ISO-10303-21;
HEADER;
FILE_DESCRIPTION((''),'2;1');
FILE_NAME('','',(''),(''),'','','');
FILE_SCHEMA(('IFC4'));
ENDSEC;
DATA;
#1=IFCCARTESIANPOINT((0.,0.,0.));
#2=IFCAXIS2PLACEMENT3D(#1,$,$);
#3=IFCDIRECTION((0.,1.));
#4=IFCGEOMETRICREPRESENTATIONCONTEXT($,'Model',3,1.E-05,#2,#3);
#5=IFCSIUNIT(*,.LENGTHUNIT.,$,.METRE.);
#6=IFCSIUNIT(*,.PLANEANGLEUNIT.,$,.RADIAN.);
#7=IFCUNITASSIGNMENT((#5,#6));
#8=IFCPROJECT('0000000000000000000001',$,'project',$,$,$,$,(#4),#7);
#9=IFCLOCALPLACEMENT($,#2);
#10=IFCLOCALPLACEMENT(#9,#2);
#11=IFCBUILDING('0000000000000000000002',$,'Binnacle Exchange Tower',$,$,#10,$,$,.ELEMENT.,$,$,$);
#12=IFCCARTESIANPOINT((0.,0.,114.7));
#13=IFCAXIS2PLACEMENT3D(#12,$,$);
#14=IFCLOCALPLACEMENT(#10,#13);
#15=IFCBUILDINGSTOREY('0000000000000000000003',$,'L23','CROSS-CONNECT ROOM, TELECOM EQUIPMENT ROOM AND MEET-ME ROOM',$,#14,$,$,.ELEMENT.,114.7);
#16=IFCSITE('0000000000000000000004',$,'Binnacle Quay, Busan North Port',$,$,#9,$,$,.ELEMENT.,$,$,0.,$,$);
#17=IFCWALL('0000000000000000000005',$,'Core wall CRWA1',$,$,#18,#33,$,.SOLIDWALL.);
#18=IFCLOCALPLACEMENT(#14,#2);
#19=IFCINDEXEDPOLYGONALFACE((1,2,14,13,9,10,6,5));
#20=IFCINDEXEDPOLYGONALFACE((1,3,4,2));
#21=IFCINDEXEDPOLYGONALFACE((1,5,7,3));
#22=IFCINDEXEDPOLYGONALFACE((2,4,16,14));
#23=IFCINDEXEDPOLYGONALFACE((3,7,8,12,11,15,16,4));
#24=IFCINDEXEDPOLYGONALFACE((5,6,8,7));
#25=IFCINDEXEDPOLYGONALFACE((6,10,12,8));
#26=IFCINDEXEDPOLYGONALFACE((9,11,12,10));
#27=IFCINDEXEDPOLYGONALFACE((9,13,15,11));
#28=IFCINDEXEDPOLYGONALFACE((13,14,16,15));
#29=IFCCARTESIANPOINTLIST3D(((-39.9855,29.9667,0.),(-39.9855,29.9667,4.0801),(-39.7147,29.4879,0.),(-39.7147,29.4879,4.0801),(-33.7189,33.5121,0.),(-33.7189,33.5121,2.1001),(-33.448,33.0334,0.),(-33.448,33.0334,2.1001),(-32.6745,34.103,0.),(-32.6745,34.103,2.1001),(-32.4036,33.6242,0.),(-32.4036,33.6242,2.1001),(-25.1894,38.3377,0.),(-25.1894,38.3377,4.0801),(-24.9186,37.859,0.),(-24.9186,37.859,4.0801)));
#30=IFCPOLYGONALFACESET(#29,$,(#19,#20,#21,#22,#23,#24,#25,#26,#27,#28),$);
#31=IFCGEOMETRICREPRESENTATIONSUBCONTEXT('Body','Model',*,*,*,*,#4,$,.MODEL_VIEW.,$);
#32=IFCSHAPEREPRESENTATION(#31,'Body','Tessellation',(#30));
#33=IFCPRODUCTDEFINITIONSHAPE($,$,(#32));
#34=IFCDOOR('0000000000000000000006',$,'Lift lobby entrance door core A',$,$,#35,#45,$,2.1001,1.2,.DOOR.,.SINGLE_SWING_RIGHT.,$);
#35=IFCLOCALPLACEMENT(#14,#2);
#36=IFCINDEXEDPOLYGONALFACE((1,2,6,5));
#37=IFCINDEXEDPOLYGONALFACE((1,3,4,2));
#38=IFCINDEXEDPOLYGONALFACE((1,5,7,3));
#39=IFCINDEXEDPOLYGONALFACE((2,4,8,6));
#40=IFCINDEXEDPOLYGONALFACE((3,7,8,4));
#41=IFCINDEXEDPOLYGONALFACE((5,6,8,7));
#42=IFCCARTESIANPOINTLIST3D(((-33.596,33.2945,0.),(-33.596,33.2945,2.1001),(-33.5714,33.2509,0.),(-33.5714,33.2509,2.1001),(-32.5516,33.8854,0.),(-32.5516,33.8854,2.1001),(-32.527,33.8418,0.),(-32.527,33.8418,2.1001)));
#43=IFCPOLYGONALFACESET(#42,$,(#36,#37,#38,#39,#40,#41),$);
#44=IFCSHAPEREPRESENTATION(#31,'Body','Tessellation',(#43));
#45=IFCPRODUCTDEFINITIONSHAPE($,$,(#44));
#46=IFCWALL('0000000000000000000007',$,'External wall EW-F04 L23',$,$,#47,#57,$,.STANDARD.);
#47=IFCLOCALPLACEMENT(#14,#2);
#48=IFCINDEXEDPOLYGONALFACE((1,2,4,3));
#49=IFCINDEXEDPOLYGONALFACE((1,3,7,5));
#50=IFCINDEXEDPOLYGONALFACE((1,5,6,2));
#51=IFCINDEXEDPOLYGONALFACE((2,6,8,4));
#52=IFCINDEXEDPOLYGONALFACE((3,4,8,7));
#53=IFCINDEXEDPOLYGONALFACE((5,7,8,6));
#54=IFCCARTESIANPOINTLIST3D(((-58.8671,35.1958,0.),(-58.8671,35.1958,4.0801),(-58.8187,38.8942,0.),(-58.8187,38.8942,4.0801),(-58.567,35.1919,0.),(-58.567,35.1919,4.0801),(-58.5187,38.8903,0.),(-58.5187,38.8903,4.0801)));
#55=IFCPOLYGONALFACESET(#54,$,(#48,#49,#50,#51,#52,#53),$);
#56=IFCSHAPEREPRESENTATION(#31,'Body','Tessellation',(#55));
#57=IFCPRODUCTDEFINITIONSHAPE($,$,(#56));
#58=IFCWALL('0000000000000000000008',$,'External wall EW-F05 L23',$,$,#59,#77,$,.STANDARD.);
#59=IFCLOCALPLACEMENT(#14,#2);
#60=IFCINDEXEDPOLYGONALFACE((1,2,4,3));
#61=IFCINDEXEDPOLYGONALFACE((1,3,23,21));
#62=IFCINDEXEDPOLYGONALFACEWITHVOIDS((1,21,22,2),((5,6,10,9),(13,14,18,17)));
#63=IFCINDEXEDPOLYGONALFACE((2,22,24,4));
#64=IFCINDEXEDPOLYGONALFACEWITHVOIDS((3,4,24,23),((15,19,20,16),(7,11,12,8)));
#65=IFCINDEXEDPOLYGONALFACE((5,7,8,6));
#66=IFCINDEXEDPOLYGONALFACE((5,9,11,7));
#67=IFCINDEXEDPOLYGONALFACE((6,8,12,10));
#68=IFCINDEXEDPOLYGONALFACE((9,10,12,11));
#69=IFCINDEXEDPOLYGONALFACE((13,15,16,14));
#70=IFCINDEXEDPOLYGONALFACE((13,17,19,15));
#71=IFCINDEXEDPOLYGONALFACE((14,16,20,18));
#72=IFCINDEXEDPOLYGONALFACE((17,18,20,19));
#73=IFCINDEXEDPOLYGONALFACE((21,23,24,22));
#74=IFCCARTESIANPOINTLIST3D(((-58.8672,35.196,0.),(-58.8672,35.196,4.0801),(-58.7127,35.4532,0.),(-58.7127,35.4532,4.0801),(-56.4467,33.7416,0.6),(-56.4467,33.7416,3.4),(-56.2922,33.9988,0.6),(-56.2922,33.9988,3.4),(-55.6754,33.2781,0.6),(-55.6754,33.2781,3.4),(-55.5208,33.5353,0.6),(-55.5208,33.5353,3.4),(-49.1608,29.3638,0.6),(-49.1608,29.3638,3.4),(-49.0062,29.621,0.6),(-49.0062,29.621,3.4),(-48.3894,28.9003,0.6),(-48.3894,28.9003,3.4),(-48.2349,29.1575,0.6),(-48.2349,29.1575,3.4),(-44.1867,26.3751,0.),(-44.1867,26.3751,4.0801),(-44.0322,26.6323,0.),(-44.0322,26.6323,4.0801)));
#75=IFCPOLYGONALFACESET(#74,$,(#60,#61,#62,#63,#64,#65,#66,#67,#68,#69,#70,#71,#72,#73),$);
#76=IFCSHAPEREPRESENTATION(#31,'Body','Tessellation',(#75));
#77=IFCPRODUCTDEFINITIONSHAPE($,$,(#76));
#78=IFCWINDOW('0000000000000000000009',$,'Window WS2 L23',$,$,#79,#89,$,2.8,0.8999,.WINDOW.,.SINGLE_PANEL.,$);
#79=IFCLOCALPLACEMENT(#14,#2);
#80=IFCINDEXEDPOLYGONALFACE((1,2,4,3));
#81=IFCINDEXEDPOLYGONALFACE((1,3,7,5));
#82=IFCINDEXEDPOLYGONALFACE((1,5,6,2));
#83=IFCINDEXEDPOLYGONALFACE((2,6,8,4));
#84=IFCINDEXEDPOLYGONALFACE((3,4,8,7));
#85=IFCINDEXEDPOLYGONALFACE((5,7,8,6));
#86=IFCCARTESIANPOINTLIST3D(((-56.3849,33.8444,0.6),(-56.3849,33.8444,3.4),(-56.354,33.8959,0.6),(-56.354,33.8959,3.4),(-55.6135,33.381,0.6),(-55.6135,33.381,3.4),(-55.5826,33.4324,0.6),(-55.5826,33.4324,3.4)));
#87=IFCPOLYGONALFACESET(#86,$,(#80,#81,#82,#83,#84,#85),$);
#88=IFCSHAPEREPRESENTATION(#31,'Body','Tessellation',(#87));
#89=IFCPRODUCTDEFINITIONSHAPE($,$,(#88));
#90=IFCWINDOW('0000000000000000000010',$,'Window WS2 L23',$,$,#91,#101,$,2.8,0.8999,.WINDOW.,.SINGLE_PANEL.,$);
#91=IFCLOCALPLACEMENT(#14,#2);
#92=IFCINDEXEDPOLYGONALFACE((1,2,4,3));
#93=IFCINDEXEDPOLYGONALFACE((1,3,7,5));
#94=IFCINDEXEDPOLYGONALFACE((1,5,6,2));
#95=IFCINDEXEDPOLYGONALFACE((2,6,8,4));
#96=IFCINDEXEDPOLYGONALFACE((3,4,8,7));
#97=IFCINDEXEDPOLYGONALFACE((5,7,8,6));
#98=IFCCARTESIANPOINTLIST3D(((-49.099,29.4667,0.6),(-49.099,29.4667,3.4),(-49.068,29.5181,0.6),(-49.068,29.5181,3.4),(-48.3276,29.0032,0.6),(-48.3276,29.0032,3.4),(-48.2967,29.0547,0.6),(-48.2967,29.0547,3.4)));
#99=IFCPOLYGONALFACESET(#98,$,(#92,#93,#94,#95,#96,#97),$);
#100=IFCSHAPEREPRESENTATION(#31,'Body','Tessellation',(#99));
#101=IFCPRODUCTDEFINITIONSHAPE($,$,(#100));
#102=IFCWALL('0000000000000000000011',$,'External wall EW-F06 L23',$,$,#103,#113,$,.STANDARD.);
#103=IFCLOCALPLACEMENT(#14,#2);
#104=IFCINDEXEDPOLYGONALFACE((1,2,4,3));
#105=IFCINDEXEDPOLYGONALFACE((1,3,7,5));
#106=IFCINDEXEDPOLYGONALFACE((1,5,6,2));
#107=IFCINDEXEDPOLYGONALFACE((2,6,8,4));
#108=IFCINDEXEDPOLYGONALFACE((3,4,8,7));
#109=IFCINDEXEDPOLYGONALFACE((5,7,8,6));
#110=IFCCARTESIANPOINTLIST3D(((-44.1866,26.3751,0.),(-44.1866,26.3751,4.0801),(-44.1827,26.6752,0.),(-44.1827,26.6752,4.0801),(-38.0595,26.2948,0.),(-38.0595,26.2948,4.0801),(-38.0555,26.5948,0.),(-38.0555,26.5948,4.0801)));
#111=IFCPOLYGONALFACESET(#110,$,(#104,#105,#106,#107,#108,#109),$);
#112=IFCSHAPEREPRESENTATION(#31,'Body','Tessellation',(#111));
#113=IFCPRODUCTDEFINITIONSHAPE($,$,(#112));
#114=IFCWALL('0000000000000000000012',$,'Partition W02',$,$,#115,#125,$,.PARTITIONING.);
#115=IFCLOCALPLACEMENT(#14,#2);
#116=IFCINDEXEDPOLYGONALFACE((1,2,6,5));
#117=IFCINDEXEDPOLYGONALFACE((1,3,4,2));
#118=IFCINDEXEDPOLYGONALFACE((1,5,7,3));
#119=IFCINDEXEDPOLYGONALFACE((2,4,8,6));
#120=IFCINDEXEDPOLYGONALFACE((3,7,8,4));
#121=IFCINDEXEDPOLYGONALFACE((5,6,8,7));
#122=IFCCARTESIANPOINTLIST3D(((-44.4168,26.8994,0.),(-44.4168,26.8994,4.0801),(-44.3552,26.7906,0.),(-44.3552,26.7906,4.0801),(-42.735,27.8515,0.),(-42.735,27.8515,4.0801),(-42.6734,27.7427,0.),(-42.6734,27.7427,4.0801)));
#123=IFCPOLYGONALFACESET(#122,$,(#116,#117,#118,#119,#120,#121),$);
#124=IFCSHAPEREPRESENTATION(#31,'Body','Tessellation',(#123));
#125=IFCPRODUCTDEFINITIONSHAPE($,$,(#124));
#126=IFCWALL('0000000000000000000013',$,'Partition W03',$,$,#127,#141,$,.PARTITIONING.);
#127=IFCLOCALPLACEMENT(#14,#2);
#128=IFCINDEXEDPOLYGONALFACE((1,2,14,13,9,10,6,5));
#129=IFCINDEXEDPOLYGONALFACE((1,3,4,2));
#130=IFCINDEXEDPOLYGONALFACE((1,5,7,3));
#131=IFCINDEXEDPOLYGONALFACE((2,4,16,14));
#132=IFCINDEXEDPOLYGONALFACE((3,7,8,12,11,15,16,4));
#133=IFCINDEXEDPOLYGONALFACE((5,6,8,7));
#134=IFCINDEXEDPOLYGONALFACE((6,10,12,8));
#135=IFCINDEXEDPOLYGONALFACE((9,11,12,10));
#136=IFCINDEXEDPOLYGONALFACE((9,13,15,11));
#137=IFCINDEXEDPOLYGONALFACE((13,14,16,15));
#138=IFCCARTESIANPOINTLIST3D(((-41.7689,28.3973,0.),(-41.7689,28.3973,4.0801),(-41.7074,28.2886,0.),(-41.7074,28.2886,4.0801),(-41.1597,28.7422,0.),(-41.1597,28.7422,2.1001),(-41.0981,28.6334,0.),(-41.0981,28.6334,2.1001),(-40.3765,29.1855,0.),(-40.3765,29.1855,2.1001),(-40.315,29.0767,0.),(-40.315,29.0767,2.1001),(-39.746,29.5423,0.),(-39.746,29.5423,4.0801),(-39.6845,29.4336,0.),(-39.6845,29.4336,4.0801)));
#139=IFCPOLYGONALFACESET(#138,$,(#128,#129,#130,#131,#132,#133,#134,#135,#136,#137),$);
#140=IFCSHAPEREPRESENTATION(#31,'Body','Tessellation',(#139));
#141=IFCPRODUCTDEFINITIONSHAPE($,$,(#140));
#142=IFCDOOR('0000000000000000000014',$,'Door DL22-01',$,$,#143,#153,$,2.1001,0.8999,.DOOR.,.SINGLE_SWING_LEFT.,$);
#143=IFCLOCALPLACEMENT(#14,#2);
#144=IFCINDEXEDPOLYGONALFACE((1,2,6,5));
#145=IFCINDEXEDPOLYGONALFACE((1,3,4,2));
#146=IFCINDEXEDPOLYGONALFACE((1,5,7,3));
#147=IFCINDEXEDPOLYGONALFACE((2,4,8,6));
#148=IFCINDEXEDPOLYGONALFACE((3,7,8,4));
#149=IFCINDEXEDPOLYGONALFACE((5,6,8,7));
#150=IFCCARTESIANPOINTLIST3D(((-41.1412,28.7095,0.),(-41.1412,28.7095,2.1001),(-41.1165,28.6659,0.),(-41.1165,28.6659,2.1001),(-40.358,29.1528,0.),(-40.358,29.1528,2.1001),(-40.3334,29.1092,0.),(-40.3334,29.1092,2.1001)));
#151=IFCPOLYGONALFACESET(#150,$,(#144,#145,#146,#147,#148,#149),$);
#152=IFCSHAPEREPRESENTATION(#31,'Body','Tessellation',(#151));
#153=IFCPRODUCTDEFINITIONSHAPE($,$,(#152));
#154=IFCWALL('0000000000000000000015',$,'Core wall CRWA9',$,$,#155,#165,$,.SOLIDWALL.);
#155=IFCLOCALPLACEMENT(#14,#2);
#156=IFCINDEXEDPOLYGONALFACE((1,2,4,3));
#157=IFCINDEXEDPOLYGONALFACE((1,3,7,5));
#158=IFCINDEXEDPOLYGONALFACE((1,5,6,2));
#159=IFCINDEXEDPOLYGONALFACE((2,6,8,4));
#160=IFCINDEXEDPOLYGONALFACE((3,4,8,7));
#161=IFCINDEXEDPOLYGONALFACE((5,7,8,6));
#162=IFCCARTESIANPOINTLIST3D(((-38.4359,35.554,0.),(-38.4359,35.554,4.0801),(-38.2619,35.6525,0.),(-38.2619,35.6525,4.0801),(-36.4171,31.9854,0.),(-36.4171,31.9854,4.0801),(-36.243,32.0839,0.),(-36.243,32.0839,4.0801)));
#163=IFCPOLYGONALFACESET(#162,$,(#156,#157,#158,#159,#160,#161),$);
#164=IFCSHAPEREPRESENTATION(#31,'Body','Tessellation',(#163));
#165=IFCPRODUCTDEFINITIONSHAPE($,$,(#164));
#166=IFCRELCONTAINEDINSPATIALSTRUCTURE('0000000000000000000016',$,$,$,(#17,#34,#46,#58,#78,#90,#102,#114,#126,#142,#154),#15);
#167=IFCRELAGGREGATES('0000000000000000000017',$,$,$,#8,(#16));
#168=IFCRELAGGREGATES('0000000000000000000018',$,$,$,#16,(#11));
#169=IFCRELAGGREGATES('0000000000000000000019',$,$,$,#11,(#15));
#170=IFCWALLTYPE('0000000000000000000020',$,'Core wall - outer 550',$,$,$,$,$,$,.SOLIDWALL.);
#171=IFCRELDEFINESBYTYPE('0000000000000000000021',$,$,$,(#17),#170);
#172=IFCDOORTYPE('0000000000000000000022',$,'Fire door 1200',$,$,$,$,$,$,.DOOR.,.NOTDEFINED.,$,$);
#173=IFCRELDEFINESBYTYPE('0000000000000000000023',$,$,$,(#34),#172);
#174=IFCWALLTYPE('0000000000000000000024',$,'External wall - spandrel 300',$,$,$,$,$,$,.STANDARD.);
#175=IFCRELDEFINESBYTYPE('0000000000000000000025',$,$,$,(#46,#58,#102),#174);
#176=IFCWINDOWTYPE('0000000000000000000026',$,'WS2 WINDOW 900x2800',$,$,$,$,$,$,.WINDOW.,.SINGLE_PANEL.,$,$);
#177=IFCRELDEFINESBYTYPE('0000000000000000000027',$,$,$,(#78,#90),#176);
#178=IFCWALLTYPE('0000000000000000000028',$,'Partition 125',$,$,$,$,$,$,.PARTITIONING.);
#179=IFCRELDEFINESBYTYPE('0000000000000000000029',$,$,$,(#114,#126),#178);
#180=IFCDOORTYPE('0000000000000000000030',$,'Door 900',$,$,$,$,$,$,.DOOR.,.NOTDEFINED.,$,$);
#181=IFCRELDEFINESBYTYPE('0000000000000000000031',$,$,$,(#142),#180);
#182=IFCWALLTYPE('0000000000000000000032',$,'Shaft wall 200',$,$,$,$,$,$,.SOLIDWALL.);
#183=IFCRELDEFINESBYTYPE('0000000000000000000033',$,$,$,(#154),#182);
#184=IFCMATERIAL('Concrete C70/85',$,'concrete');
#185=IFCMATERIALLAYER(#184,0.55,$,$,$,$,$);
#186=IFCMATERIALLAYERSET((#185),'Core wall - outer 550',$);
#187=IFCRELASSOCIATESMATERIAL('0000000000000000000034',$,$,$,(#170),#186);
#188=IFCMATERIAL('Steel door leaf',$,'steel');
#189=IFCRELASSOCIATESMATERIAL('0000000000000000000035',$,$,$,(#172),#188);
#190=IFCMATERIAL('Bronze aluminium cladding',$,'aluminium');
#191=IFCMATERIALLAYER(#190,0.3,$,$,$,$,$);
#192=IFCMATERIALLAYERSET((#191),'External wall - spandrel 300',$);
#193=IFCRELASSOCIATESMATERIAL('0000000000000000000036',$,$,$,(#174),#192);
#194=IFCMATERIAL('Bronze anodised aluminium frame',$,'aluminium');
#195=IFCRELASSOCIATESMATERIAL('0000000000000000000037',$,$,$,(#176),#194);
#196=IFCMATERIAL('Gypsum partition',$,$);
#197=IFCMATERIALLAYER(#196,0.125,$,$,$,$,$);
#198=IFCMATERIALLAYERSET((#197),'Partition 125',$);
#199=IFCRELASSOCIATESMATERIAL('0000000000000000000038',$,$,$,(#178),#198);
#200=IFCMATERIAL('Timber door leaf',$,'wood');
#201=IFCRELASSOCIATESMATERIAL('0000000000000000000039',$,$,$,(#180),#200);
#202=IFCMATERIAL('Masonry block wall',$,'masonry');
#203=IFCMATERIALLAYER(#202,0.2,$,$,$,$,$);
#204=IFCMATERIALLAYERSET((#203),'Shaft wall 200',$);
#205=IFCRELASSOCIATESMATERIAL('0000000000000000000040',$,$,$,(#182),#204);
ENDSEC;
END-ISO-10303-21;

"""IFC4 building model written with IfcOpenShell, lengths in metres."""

from ifc_helpers import new_model, si_unit, direction, frame, frame_2d, origin, place, context, subcontext, project, spatial, rectangle, extrude, material, layer, layer_set, type_object, element, fill, save


model = new_model("IFC4")

# Units and contexts
model_context = context("Model", 3, precision=1e-05, world=origin(), true_north=direction((0.0, 1.0)))
body_context = subcontext(model_context, "Body", "Model", "MODEL_VIEW")
ifc_project = project(units=[si_unit("LENGTHUNIT", "METRE"), si_unit("PLANEANGLEUNIT", "RADIAN")], contexts=[model_context])

# Site, building, storey
site_placement = place(None, origin())
site = spatial("IfcSite", under=ifc_project, at=site_placement, Name="Binnacle Quay, Busan North Port", CompositionType="ELEMENT", RefElevation=0.0)
building_placement = place(site_placement, origin())
building = spatial("IfcBuilding", under=site, at=building_placement, Name="Binnacle Exchange Tower", CompositionType="ELEMENT")
storey_placement = place(building_placement, frame((0.0, 0.0, 114.7)))
storey = spatial("IfcBuildingStorey", under=building, at=storey_placement, Name="L23", Description="CROSS-CONNECT ROOM, TELECOM EQUIPMENT ROOM AND MEET-ME ROOM", CompositionType="ELEMENT", Elevation=114.7)

# Shared definitions
ifc_material_1 = material(Name="Concrete C70/85", Category="concrete")

# Shared definitions
ifc_material_2 = material(Name="Steel door leaf", Category="steel")

# Wall, opening, door
ifc_layer_1 = layer(ifc_material_1, 0.55)
ifc_layer_set_1 = layer_set([ifc_layer_1], Name="Core wall - outer 550")
wall_type_1 = type_object("IfcWallType", Name="Core wall - outer 550", PredefinedType="SOLIDWALL", material=ifc_layer_set_1)
wall_1_placement = place(storey_placement, frame((-39.8501, 29.7273, 0.0), z_axis=(0.0, 0.0, 1.0), x_axis=(0.87036, 0.492416, 0.0)))
wall_1 = element("IfcWall", 1, at=wall_1_placement, inside=storey, type_object=wall_type_1, Name="Core wall CRWA1", PredefinedType="SOLIDWALL", context=body_context, shape_type="SweptSolid", body=[
    extrude(rectangle(XDim=17.0, YDim=0.55, at=frame_2d((8.5, 0.0))), origin(), (0.0, 0.0, 1.0), 4.0801),
])
opening_1_placement = place(wall_1_placement, frame((7.2, 0.0, 0.0)))
opening_1 = element("IfcOpeningElement", 2, at=opening_1_placement, cuts=wall_1, PredefinedType="OPENING", context=body_context, shape_type="SweptSolid", body=[
    extrude(rectangle(XDim=1.2, YDim=2.1001, at=frame_2d((0.6001, 1.05))), frame((0.0, 0.2849, 0.0), z_axis=(0.0, -1.0, 0.0), x_axis=(1.0, 0.0, 0.0)), (0.0, 0.0, 1.0), 0.5701),
])
door_type_1 = type_object("IfcDoorType", Name="Fire door 1200", OperationType="NOTDEFINED", PredefinedType="DOOR", material=ifc_material_2)
door_1_placement = place(opening_1_placement, frame((1.2, 0.0, 0.0), z_axis=(0.0, 0.0, 1.0), x_axis=(-1.0, 0.0, 0.0)))
door_1 = element("IfcDoor", 3, at=door_1_placement, inside=storey, type_object=door_type_1, Name="Lift lobby entrance door core A", OperationType="SINGLE_SWING_RIGHT", OverallHeight=2.1001, OverallWidth=1.2, PredefinedType="DOOR", context=body_context, shape_type="SweptSolid", body=[
    extrude(rectangle(XDim=1.2, YDim=2.1001, at=frame_2d((0.6001, 1.05))), frame((0.0, 0.0249, 0.0), z_axis=(0.0, -1.0, 0.0), x_axis=(1.0, 0.0, 0.0)), (0.0, 0.0, 1.0), 0.05),
])
fill(opening_1, door_1)

# Wall
ifc_material_3 = material(Name="Bronze aluminium cladding", Category="aluminium")
ifc_layer_2 = layer(ifc_material_3, 0.3)
ifc_layer_set_2 = layer_set([ifc_layer_2], Name="External wall - spandrel 300")
wall_type_2 = type_object("IfcWallType", Name="External wall - spandrel 300", PredefinedType="STANDARD", material=ifc_layer_set_2)
wall_2_placement = place(storey_placement, frame((-58.717, 35.1938, 0.0), z_axis=(0.0, 0.0, 1.0), x_axis=(0.013069, 0.999915, 0.0)))
element("IfcWall", 4, at=wall_2_placement, inside=storey, type_object=wall_type_2, Name="External wall EW-F04 L23", PredefinedType="STANDARD", context=body_context, shape_type="SweptSolid", body=[
    extrude(rectangle(XDim=3.6987, YDim=0.3, at=frame_2d((1.8494, 0.0))), origin(), (0.0, 0.0, 1.0), 4.0801),
])

# Wall, openings, windows
wall_3_placement = place(storey_placement, frame((-44.1094, 26.5037, 0.0), z_axis=(0.0, 0.0, 1.0), x_axis=(-0.85717, 0.515034, 0.0)))
wall_3 = element("IfcWall", 5, at=wall_3_placement, inside=storey, type_object=wall_type_2, Name="External wall EW-F05 L23", PredefinedType="STANDARD", context=body_context, shape_type="SweptSolid", body=[
    extrude(rectangle(XDim=17.1267, YDim=0.3, at=frame_2d((8.5635, 0.0))), origin(), (0.0, 0.0, 1.0), 4.0801),
])
opening_2_placement = place(wall_3_placement, frame((13.4031, 0.0, 0.6001)))
opening_2 = element("IfcOpeningElement", 6, at=opening_2_placement, cuts=wall_3, PredefinedType="OPENING", context=body_context, shape_type="SweptSolid", body=[
    extrude(rectangle(XDim=0.8999, YDim=2.8, at=frame_2d((0.45, 1.3999))), frame((0.0, 0.1599, 0.0), z_axis=(0.0, -1.0, 0.0), x_axis=(1.0, 0.0, 0.0)), (0.0, 0.0, 1.0), 0.3201),
])
opening_3_placement = place(wall_3_placement, frame((4.9031, 0.0, 0.6001)))
opening_3 = element("IfcOpeningElement", 7, at=opening_3_placement, cuts=wall_3, PredefinedType="OPENING", context=body_context, shape_type="SweptSolid", body=[
    extrude(rectangle(XDim=0.8999, YDim=2.8, at=frame_2d((0.45, 1.3999))), frame((0.0, 0.1599, 0.0), z_axis=(0.0, -1.0, 0.0), x_axis=(1.0, 0.0, 0.0)), (0.0, 0.0, 1.0), 0.3201),
])
ifc_material_4 = material(Name="Bronze anodised aluminium frame", Category="aluminium")
window_type = type_object("IfcWindowType", Name="WS2 WINDOW 900x2800", PartitioningType="SINGLE_PANEL", PredefinedType="WINDOW", material=ifc_material_4)
window_1_placement = place(opening_2_placement, origin())
window_1 = element("IfcWindow", 8, at=window_1_placement, inside=storey, type_object=window_type, Name="Window WS2 L23", OverallHeight=2.8, OverallWidth=0.8999, PartitioningType="SINGLE_PANEL", PredefinedType="WINDOW", context=body_context, shape_type="SweptSolid", body=[
    extrude(rectangle(XDim=0.8999, YDim=2.8, at=frame_2d((0.45, 1.3999))), frame((0.0, 0.03, 0.0), z_axis=(0.0, -1.0, 0.0), x_axis=(1.0, 0.0, 0.0)), (0.0, 0.0, 1.0), 0.0601),
])
fill(opening_2, window_1)
window_2_placement = place(opening_3_placement, origin())
window_2 = element("IfcWindow", 9, at=window_2_placement, inside=storey, type_object=window_type, Name="Window WS2 L23", OverallHeight=2.8, OverallWidth=0.8999, PartitioningType="SINGLE_PANEL", PredefinedType="WINDOW", context=body_context, shape_type="SweptSolid", body=[
    extrude(rectangle(XDim=0.8999, YDim=2.8, at=frame_2d((0.45, 1.3999))), frame((0.0, 0.03, 0.0), z_axis=(0.0, -1.0, 0.0), x_axis=(1.0, 0.0, 0.0)), (0.0, 0.0, 1.0), 0.0601),
])
fill(opening_3, window_2)

# Walls
wall_4_placement = place(storey_placement, frame((-38.0574, 26.4448, 0.0), z_axis=(0.0, 0.0, 1.0), x_axis=(-0.999914, 0.013108, 0.0)))
element("IfcWall", 10, at=wall_4_placement, inside=storey, type_object=wall_type_2, Name="External wall EW-F06 L23", PredefinedType="STANDARD", context=body_context, shape_type="SweptSolid", body=[
    extrude(rectangle(XDim=6.1277, YDim=0.3, at=frame_2d((3.064, 0.0))), origin(), (0.0, 0.0, 1.0), 4.0801),
])
ifc_material_5 = material(Name="Gypsum partition")
ifc_layer_3 = layer(ifc_material_5, 0.125)
ifc_layer_set_3 = layer_set([ifc_layer_3], Name="Partition 125")
wall_type_3 = type_object("IfcWallType", Name="Partition 125", PredefinedType="PARTITIONING", material=ifc_layer_set_3)
wall_5_placement = place(storey_placement, frame((-44.386, 26.845, 0.0), z_axis=(0.0, 0.0, 1.0), x_axis=(0.870226, 0.492652, 0.0)))
element("IfcWall", 11, at=wall_5_placement, inside=storey, type_object=wall_type_3, Name="Partition W02", PredefinedType="PARTITIONING", context=body_context, shape_type="SweptSolid", body=[
    extrude(rectangle(XDim=1.9326, YDim=0.125, at=frame_2d((0.9663, 0.0))), origin(), (0.0, 0.0, 1.0), 4.0801),
])

# Wall, opening, door
wall_6_placement = place(storey_placement, frame((-41.738, 28.343, 0.0), z_axis=(0.0, 0.0, 1.0), x_axis=(0.870265, 0.492583, 0.0)))
wall_6 = element("IfcWall", 12, at=wall_6_placement, inside=storey, type_object=wall_type_3, Name="Partition W03", PredefinedType="PARTITIONING", context=body_context, shape_type="SweptSolid", body=[
    extrude(rectangle(XDim=2.3245, YDim=0.125, at=frame_2d((1.1621, 0.0))), origin(), (0.0, 0.0, 1.0), 4.0801),
])
opening_4_placement = place(wall_6_placement, frame((0.7, 0.0, 0.0)))
opening_4 = element("IfcOpeningElement", 13, at=opening_4_placement, cuts=wall_6, PredefinedType="OPENING", context=body_context, shape_type="SweptSolid", body=[
    extrude(rectangle(XDim=0.8999, YDim=2.1001, at=frame_2d((0.45, 1.05))), frame((0.0, 0.0725, 0.0), z_axis=(0.0, -1.0, 0.0), x_axis=(1.0, 0.0, 0.0)), (0.0, 0.0, 1.0), 0.145),
])
ifc_material_6 = material(Name="Timber door leaf", Category="wood")
door_type_2 = type_object("IfcDoorType", Name="Door 900", OperationType="NOTDEFINED", PredefinedType="DOOR", material=ifc_material_6)
door_2_placement = place(opening_4_placement, origin())
door_2 = element("IfcDoor", 14, at=door_2_placement, inside=storey, type_object=door_type_2, Name="Door DL22-01", OperationType="SINGLE_SWING_LEFT", OverallHeight=2.1001, OverallWidth=0.8999, PredefinedType="DOOR", context=body_context, shape_type="SweptSolid", body=[
    extrude(rectangle(XDim=0.8999, YDim=2.1001, at=frame_2d((0.45, 1.05))), frame((0.0, 0.0249, 0.0), z_axis=(0.0, -1.0, 0.0), x_axis=(1.0, 0.0, 0.0)), (0.0, 0.0, 1.0), 0.05),
])
fill(opening_4, door_2)

# Wall
ifc_material_7 = material(Name="Masonry block wall", Category="masonry")
ifc_layer_4 = layer(ifc_material_7, 0.2)
ifc_layer_set_4 = layer_set([ifc_layer_4], Name="Shaft wall 200")
wall_type_4 = type_object("IfcWallType", Name="Shaft wall 200", PredefinedType="SOLIDWALL", material=ifc_layer_set_4)
wall_7_placement = place(storey_placement, frame((-38.3489, 35.6033, 0.0), z_axis=(0.0, 0.0, 1.0), x_axis=(0.492383, -0.870379, 0.0)))
element("IfcWall", 15, at=wall_7_placement, inside=storey, type_object=wall_type_4, Name="Core wall CRWA9", PredefinedType="SOLIDWALL", context=body_context, shape_type="SweptSolid", body=[
    extrude(rectangle(XDim=4.1001, YDim=0.2, at=frame_2d((2.05, 0.0))), origin(), (0.0, 0.0, 1.0), 4.0801),
])

save(model, "model.ifc")
